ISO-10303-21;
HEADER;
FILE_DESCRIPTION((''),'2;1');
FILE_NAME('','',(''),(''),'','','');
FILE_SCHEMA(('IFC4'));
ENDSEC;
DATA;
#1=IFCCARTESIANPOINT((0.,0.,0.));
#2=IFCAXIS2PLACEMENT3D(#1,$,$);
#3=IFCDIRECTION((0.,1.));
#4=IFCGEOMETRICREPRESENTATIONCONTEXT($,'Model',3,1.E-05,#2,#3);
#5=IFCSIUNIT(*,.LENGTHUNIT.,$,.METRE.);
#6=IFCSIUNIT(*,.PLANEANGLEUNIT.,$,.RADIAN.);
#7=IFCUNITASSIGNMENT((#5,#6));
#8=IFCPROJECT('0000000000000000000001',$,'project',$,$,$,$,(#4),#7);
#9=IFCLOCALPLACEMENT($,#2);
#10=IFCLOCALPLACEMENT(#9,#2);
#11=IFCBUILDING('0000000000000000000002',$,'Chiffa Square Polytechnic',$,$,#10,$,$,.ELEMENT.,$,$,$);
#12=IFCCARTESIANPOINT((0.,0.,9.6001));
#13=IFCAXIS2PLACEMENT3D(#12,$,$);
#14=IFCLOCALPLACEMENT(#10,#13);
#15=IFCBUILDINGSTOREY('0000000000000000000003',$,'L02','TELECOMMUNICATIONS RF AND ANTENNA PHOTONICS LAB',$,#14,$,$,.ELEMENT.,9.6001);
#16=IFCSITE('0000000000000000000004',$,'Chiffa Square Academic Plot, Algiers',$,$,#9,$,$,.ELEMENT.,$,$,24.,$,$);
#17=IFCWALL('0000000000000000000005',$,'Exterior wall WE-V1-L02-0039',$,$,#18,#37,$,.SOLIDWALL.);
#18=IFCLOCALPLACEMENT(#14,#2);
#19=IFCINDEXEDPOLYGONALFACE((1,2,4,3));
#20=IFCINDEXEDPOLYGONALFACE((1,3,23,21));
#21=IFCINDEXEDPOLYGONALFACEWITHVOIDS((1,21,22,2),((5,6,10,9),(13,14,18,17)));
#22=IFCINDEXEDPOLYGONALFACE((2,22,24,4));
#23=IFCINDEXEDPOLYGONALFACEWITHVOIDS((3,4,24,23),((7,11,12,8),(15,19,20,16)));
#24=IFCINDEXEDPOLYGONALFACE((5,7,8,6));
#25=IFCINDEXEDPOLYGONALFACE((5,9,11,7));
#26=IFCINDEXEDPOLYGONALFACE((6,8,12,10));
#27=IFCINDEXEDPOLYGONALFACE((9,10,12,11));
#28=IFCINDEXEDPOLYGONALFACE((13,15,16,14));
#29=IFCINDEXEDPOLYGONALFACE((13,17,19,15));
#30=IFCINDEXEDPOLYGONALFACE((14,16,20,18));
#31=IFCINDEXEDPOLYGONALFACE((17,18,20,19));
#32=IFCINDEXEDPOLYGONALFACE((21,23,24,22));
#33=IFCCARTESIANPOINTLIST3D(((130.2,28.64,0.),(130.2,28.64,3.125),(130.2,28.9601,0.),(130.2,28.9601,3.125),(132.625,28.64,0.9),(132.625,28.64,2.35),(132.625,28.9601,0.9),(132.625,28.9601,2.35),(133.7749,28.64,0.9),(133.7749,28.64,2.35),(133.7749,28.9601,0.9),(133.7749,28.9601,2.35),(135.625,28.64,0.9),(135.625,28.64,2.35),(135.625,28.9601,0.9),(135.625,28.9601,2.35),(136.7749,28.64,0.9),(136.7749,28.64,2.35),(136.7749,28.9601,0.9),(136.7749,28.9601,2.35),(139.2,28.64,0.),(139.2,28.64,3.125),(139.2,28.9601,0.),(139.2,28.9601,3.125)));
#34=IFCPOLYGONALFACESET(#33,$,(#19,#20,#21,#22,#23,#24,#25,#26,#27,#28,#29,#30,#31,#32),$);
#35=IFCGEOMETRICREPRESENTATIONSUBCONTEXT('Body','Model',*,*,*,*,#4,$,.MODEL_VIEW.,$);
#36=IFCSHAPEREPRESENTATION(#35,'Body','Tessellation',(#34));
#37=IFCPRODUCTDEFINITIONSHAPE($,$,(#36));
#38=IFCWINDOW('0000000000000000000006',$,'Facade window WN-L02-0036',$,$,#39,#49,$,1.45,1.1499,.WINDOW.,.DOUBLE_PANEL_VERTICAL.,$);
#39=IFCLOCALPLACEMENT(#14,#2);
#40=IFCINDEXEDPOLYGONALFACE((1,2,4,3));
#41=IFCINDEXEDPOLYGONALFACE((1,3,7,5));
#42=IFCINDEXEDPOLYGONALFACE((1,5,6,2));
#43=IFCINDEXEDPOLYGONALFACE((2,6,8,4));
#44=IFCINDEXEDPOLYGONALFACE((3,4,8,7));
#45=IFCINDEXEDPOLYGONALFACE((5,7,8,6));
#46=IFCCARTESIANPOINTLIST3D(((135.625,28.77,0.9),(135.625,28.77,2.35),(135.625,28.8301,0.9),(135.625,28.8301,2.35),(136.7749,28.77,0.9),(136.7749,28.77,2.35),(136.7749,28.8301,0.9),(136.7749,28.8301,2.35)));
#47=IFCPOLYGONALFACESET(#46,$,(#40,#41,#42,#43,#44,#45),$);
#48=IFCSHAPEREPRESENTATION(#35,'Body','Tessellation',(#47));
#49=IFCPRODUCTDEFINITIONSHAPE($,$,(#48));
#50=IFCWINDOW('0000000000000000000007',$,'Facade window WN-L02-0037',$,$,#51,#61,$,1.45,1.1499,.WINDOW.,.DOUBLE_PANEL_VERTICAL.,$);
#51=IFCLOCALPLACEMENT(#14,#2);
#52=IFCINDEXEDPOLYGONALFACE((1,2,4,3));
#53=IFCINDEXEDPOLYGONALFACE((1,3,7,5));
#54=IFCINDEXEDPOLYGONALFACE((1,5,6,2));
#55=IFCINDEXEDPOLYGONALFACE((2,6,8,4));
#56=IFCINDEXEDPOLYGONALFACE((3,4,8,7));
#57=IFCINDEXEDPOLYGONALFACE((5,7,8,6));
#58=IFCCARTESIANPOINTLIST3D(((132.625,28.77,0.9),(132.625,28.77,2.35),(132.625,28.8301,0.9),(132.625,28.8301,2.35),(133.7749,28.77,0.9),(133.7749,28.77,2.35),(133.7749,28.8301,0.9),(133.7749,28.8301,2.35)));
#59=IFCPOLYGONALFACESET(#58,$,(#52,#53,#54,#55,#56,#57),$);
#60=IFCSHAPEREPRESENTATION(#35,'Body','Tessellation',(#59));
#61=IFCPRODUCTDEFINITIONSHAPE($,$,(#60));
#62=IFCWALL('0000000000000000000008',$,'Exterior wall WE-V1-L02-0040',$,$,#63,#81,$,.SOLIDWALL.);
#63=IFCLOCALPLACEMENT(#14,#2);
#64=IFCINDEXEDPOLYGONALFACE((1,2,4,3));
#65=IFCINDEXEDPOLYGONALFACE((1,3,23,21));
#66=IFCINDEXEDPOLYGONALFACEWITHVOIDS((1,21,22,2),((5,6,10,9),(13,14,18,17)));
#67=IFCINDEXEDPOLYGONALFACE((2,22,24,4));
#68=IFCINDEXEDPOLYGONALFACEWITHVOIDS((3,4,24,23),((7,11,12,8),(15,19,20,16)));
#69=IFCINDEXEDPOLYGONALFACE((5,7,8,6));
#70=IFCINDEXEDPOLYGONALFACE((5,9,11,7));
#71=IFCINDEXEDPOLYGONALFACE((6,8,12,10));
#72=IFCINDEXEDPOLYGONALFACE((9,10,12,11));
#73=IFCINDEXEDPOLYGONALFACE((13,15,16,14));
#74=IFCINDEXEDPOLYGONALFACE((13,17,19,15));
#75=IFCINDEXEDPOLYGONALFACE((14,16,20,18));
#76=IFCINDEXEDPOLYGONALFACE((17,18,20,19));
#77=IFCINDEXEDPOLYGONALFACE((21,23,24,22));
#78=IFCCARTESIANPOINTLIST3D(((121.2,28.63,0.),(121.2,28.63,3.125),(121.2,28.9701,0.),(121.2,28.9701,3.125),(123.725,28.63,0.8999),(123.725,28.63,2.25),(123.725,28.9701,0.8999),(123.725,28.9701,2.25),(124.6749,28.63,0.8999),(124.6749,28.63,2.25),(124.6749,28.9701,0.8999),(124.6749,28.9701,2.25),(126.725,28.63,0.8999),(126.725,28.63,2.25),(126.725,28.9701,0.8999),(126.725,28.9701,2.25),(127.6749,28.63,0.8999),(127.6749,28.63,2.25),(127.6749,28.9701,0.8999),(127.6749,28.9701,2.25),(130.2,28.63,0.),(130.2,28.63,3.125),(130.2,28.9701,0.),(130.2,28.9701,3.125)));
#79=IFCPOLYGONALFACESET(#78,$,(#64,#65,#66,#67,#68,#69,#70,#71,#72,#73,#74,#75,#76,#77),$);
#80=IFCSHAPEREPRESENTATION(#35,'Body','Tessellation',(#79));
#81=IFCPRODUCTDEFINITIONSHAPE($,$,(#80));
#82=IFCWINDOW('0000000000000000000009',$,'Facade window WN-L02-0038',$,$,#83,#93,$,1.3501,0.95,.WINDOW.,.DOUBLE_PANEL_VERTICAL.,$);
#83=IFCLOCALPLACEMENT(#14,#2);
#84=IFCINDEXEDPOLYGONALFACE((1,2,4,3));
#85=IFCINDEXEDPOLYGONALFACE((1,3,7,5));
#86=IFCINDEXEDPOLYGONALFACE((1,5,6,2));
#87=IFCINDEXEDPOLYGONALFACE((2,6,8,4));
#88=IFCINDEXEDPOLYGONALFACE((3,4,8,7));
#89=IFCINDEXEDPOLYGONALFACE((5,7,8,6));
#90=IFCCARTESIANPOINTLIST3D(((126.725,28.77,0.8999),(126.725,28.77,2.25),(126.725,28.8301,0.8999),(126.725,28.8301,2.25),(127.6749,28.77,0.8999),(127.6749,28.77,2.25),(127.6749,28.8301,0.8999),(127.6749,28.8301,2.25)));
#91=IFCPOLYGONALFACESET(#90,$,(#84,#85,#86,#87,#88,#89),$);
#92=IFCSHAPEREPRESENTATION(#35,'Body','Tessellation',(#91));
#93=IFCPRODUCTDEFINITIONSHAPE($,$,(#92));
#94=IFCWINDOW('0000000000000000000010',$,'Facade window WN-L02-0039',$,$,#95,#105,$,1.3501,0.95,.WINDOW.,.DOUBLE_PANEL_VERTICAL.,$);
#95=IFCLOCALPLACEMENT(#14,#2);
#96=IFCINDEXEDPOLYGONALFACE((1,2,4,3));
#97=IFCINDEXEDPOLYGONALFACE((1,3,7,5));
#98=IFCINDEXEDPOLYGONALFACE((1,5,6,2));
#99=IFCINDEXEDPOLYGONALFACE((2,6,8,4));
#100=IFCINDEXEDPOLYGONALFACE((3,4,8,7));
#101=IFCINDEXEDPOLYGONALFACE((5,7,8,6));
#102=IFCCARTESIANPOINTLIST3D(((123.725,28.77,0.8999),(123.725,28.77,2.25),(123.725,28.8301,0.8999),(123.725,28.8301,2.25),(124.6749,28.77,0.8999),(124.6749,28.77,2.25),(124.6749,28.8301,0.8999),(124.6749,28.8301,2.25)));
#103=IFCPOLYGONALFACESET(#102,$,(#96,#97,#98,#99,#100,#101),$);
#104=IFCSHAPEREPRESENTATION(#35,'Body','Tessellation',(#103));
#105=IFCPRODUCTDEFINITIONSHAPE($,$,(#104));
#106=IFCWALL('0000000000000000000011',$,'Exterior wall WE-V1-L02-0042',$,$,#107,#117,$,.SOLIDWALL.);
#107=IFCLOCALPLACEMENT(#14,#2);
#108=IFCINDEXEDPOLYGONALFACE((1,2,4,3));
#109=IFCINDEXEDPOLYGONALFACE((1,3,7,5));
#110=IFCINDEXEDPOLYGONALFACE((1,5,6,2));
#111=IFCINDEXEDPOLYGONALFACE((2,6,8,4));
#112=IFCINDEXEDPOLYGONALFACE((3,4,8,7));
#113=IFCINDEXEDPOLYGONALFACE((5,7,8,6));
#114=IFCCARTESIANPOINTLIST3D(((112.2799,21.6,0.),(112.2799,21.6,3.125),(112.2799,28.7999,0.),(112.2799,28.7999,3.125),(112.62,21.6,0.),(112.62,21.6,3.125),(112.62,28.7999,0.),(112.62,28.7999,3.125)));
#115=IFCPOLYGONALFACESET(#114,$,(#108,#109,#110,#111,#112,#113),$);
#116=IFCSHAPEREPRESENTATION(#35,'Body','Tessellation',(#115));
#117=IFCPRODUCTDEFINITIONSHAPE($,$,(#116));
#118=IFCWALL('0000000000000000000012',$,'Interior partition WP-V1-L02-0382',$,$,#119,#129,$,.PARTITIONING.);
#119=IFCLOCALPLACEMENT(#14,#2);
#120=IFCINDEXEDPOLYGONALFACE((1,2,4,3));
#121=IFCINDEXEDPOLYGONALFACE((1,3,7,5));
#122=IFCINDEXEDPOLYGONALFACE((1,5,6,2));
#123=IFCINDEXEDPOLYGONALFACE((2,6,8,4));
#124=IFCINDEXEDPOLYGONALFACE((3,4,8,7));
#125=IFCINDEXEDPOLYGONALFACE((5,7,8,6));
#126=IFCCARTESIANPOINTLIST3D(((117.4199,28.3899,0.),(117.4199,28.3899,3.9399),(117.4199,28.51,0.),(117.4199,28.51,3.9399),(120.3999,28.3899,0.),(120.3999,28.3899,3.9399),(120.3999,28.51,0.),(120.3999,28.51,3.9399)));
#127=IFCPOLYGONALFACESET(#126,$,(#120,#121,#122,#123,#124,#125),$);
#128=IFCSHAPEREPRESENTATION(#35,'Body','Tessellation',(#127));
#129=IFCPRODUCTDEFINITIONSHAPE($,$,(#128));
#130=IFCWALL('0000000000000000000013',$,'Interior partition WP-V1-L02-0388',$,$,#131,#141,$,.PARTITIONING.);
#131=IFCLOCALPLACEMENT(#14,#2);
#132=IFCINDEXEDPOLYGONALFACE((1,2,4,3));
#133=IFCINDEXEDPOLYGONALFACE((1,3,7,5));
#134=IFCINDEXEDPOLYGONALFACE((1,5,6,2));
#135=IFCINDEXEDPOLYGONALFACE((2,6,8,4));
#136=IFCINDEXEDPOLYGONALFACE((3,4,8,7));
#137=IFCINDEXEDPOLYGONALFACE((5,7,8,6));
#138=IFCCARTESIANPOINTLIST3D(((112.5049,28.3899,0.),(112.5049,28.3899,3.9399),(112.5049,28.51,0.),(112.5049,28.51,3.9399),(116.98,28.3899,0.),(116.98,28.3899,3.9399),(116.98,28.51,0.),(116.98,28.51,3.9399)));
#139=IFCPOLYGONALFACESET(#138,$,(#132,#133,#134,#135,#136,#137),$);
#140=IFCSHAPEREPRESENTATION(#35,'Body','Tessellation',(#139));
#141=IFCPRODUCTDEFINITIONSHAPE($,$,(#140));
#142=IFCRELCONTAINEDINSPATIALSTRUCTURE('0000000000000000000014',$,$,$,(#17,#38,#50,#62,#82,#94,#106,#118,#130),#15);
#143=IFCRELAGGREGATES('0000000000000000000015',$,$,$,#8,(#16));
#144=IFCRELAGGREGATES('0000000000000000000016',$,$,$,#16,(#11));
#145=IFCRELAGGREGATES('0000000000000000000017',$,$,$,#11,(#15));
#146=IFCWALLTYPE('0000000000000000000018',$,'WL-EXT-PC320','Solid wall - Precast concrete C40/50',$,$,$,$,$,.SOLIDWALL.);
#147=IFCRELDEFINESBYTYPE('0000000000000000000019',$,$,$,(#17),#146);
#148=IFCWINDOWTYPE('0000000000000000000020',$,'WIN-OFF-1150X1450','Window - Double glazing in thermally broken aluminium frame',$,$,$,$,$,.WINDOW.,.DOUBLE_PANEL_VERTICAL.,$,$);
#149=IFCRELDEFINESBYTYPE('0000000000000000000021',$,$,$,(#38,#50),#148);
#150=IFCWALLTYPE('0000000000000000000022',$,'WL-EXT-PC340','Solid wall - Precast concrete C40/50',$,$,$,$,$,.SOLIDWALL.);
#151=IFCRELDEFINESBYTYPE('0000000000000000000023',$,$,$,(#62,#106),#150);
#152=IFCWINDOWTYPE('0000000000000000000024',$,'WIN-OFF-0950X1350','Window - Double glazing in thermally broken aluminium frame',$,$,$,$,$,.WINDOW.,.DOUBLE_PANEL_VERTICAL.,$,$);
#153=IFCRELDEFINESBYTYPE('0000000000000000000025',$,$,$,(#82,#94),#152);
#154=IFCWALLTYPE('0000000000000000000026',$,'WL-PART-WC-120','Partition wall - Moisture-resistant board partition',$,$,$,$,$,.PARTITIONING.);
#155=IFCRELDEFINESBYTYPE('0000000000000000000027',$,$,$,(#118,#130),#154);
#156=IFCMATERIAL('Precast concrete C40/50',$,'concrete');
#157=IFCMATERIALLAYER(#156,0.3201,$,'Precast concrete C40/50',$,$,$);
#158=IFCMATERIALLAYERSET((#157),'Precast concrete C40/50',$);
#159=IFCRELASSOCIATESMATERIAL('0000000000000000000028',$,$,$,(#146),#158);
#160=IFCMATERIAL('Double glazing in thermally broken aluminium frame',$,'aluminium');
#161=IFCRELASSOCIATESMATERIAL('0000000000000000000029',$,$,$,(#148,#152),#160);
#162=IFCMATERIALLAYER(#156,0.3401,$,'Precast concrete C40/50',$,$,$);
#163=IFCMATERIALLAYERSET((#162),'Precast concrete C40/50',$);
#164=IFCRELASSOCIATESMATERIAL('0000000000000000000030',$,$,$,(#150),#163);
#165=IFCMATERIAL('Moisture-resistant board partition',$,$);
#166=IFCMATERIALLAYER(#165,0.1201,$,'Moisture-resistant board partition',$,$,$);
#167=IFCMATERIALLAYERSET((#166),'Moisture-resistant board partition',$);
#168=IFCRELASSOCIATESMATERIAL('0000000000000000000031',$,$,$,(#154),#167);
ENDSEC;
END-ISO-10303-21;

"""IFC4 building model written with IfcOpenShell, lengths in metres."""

from ifc_helpers import new_model, si_unit, direction, frame, frame_2d, origin, place, context, subcontext, project, spatial, rectangle, extrude, material, layer, layer_set, type_object, element, fill, save


model = new_model("IFC4")

# Units and contexts
model_context = context("Model", 3, precision=1e-05, world=origin(), true_north=direction((0.0, 1.0)))
body_context = subcontext(model_context, "Body", "Model", "MODEL_VIEW")
ifc_project = project(units=[si_unit("LENGTHUNIT", "METRE"), si_unit("PLANEANGLEUNIT", "RADIAN")], contexts=[model_context])

# Site, building, storey
site_placement = place(None, origin())
site = spatial("IfcSite", under=ifc_project, at=site_placement, Name="Chiffa Square Academic Plot, Algiers", CompositionType="ELEMENT", RefElevation=24.0)
building_placement = place(site_placement, origin())
building = spatial("IfcBuilding", under=site, at=building_placement, Name="Chiffa Square Polytechnic", CompositionType="ELEMENT")
storey_placement = place(building_placement, frame((0.0, 0.0, 9.6001)))
storey = spatial("IfcBuildingStorey", under=building, at=storey_placement, Name="L02", Description="TELECOMMUNICATIONS RF AND ANTENNA PHOTONICS LAB", CompositionType="ELEMENT", Elevation=9.6001)

# Shared definitions
ifc_material_1 = material(Name="Precast concrete C40/50", Category="concrete")

# Walls, openings, windows
ifc_material_2 = material(Name="Double glazing in thermally broken aluminium frame", Category="aluminium")
ifc_layer_1 = layer(ifc_material_1, 0.3201, Name="Precast concrete C40/50")
ifc_layer_set_1 = layer_set([ifc_layer_1], Name="Precast concrete C40/50")
wall_type_1 = type_object("IfcWallType", Name="WL-EXT-PC320", Description="Solid wall - Precast concrete C40/50", PredefinedType="SOLIDWALL", material=ifc_layer_set_1)
wall_1_placement = place(storey_placement, frame((139.2, 28.8, 0.0), z_axis=(0.0, 0.0, 1.0), x_axis=(-1.0, 0.0, 0.0)))
wall_1 = element("IfcWall", 1, at=wall_1_placement, inside=storey, type_object=wall_type_1, Name="Exterior wall WE-V1-L02-0039", PredefinedType="SOLIDWALL", context=body_context, shape_type="SweptSolid", body=[
    extrude(rectangle(XDim=9.0, YDim=0.3201, at=frame_2d((4.5, 0.0))), origin(), (0.0, 0.0, 1.0), 3.125),
])
opening_1_placement = place(wall_1_placement, frame((2.425, 0.0, 0.8999)))
opening_1 = element("IfcOpeningElement", 2, at=opening_1_placement, cuts=wall_1, PredefinedType="OPENING", context=body_context, shape_type="SweptSolid", body=[
    extrude(rectangle(XDim=1.1499, YDim=1.45, at=frame_2d((0.575, 0.7251))), frame((0.0, 0.1699, 0.0), z_axis=(0.0, -1.0, 0.0), x_axis=(1.0, 0.0, 0.0)), (0.0, 0.0, 1.0), 0.3401),
])
opening_2_placement = place(wall_1_placement, frame((5.425, 0.0, 0.8999)))
opening_2 = element("IfcOpeningElement", 3, at=opening_2_placement, cuts=wall_1, PredefinedType="OPENING", context=body_context, shape_type="SweptSolid", body=[
    extrude(rectangle(XDim=1.1499, YDim=1.45, at=frame_2d((0.575, 0.7251))), frame((0.0, 0.1699, 0.0), z_axis=(0.0, -1.0, 0.0), x_axis=(1.0, 0.0, 0.0)), (0.0, 0.0, 1.0), 0.3401),
])
window_type_1 = type_object("IfcWindowType", Name="WIN-OFF-1150X1450", Description="Window - Double glazing in thermally broken aluminium frame", PartitioningType="DOUBLE_PANEL_VERTICAL", PredefinedType="WINDOW", material=ifc_material_2)
window_1_placement = place(opening_1_placement, origin())
window_1 = element("IfcWindow", 4, at=window_1_placement, inside=storey, type_object=window_type_1, Name="Facade window WN-L02-0036", OverallHeight=1.45, OverallWidth=1.1499, PartitioningType="DOUBLE_PANEL_VERTICAL", PredefinedType="WINDOW", context=body_context, shape_type="SweptSolid", body=[
    extrude(rectangle(XDim=1.1499, YDim=1.45, at=frame_2d((0.575, 0.7251))), frame((0.0, 0.03, 0.0), z_axis=(0.0, -1.0, 0.0), x_axis=(1.0, 0.0, 0.0)), (0.0, 0.0, 1.0), 0.0601),
])
fill(opening_1, window_1)
window_2_placement = place(opening_2_placement, origin())
window_2 = element("IfcWindow", 5, at=window_2_placement, inside=storey, type_object=window_type_1, Name="Facade window WN-L02-0037", OverallHeight=1.45, OverallWidth=1.1499, PartitioningType="DOUBLE_PANEL_VERTICAL", PredefinedType="WINDOW", context=body_context, shape_type="SweptSolid", body=[
    extrude(rectangle(XDim=1.1499, YDim=1.45, at=frame_2d((0.575, 0.7251))), frame((0.0, 0.03, 0.0), z_axis=(0.0, -1.0, 0.0), x_axis=(1.0, 0.0, 0.0)), (0.0, 0.0, 1.0), 0.0601),
])
fill(opening_2, window_2)
ifc_layer_2 = layer(ifc_material_1, 0.3401, Name="Precast concrete C40/50")
ifc_layer_set_2 = layer_set([ifc_layer_2], Name="Precast concrete C40/50")
wall_type_2 = type_object("IfcWallType", Name="WL-EXT-PC340", Description="Solid wall - Precast concrete C40/50", PredefinedType="SOLIDWALL", material=ifc_layer_set_2)
wall_2_placement = place(storey_placement, frame((130.2, 28.8, 0.0), z_axis=(0.0, 0.0, 1.0), x_axis=(-1.0, 0.0, 0.0)))
wall_2 = element("IfcWall", 6, at=wall_2_placement, inside=storey, type_object=wall_type_2, Name="Exterior wall WE-V1-L02-0040", PredefinedType="SOLIDWALL", context=body_context, shape_type="SweptSolid", body=[
    extrude(rectangle(XDim=9.0, YDim=0.3401, at=frame_2d((4.5, 0.0))), origin(), (0.0, 0.0, 1.0), 3.125),
])
opening_3_placement = place(wall_2_placement, frame((2.5249, 0.0, 0.8999)))
opening_3 = element("IfcOpeningElement", 7, at=opening_3_placement, cuts=wall_2, PredefinedType="OPENING", context=body_context, shape_type="SweptSolid", body=[
    extrude(rectangle(XDim=0.95, YDim=1.3501, at=frame_2d((0.4751, 0.675))), frame((0.0, 0.1802, 0.0), z_axis=(0.0, -1.0, 0.0), x_axis=(1.0, 0.0, 0.0)), (0.0, 0.0, 1.0), 0.3601),
])
opening_4_placement = place(wall_2_placement, frame((5.5249, 0.0, 0.8999)))
opening_4 = element("IfcOpeningElement", 8, at=opening_4_placement, cuts=wall_2, PredefinedType="OPENING", context=body_context, shape_type="SweptSolid", body=[
    extrude(rectangle(XDim=0.95, YDim=1.3501, at=frame_2d((0.4751, 0.675))), frame((0.0, 0.1802, 0.0), z_axis=(0.0, -1.0, 0.0), x_axis=(1.0, 0.0, 0.0)), (0.0, 0.0, 1.0), 0.3601),
])
window_type_2 = type_object("IfcWindowType", Name="WIN-OFF-0950X1350", Description="Window - Double glazing in thermally broken aluminium frame", PartitioningType="DOUBLE_PANEL_VERTICAL", PredefinedType="WINDOW", material=ifc_material_2)
window_3_placement = place(opening_3_placement, origin())
window_3 = element("IfcWindow", 9, at=window_3_placement, inside=storey, type_object=window_type_2, Name="Facade window WN-L02-0038", OverallHeight=1.3501, OverallWidth=0.95, PartitioningType="DOUBLE_PANEL_VERTICAL", PredefinedType="WINDOW", context=body_context, shape_type="SweptSolid", body=[
    extrude(rectangle(XDim=0.95, YDim=1.3501, at=frame_2d((0.4751, 0.675))), frame((0.0, 0.03, 0.0), z_axis=(0.0, -1.0, 0.0), x_axis=(1.0, 0.0, 0.0)), (0.0, 0.0, 1.0), 0.0601),
])
fill(opening_3, window_3)
window_4_placement = place(opening_4_placement, origin())
window_4 = element("IfcWindow", 10, at=window_4_placement, inside=storey, type_object=window_type_2, Name="Facade window WN-L02-0039", OverallHeight=1.3501, OverallWidth=0.95, PartitioningType="DOUBLE_PANEL_VERTICAL", PredefinedType="WINDOW", context=body_context, shape_type="SweptSolid", body=[
    extrude(rectangle(XDim=0.95, YDim=1.3501, at=frame_2d((0.4751, 0.675))), frame((0.0, 0.03, 0.0), z_axis=(0.0, -1.0, 0.0), x_axis=(1.0, 0.0, 0.0)), (0.0, 0.0, 1.0), 0.0601),
])
fill(opening_4, window_4)

# Walls
wall_3_placement = place(storey_placement, frame((112.45, 28.8, 0.0), z_axis=(0.0, 0.0, 1.0), x_axis=(0.0, -1.0, 0.0)))
element("IfcWall", 11, at=wall_3_placement, inside=storey, type_object=wall_type_2, Name="Exterior wall WE-V1-L02-0042", PredefinedType="SOLIDWALL", context=body_context, shape_type="SweptSolid", body=[
    extrude(rectangle(XDim=7.2, YDim=0.3401, at=frame_2d((3.6001, 0.0))), origin(), (0.0, 0.0, 1.0), 3.125),
])
ifc_material_3 = material(Name="Moisture-resistant board partition")
ifc_layer_3 = layer(ifc_material_3, 0.1201, Name="Moisture-resistant board partition")
ifc_layer_set_3 = layer_set([ifc_layer_3], Name="Moisture-resistant board partition")
wall_type_3 = type_object("IfcWallType", Name="WL-PART-WC-120", Description="Partition wall - Moisture-resistant board partition", PredefinedType="PARTITIONING", material=ifc_layer_set_3)
wall_4_placement = place(storey_placement, frame((117.4199, 28.45, 0.0), z_axis=(0.0, 0.0, 1.0), x_axis=(1.0, 0.0, 0.0)))
element("IfcWall", 12, at=wall_4_placement, inside=storey, type_object=wall_type_3, Name="Interior partition WP-V1-L02-0382", PredefinedType="PARTITIONING", context=body_context, shape_type="SweptSolid", body=[
    extrude(rectangle(XDim=2.98, YDim=0.1201, at=frame_2d((1.49, 0.0))), origin(), (0.0, 0.0, 1.0), 3.9399),
])
wall_5_placement = place(storey_placement, frame((112.5049, 28.45, 0.0), z_axis=(0.0, 0.0, 1.0), x_axis=(1.0, 0.0, 0.0)))
element("IfcWall", 13, at=wall_5_placement, inside=storey, type_object=wall_type_3, Name="Interior partition WP-V1-L02-0388", PredefinedType="PARTITIONING", context=body_context, shape_type="SweptSolid", body=[
    extrude(rectangle(XDim=4.4751, YDim=0.1201, at=frame_2d((2.2375, 0.0))), origin(), (0.0, 0.0, 1.0), 3.9399),
])

save(model, "model.ifc")
